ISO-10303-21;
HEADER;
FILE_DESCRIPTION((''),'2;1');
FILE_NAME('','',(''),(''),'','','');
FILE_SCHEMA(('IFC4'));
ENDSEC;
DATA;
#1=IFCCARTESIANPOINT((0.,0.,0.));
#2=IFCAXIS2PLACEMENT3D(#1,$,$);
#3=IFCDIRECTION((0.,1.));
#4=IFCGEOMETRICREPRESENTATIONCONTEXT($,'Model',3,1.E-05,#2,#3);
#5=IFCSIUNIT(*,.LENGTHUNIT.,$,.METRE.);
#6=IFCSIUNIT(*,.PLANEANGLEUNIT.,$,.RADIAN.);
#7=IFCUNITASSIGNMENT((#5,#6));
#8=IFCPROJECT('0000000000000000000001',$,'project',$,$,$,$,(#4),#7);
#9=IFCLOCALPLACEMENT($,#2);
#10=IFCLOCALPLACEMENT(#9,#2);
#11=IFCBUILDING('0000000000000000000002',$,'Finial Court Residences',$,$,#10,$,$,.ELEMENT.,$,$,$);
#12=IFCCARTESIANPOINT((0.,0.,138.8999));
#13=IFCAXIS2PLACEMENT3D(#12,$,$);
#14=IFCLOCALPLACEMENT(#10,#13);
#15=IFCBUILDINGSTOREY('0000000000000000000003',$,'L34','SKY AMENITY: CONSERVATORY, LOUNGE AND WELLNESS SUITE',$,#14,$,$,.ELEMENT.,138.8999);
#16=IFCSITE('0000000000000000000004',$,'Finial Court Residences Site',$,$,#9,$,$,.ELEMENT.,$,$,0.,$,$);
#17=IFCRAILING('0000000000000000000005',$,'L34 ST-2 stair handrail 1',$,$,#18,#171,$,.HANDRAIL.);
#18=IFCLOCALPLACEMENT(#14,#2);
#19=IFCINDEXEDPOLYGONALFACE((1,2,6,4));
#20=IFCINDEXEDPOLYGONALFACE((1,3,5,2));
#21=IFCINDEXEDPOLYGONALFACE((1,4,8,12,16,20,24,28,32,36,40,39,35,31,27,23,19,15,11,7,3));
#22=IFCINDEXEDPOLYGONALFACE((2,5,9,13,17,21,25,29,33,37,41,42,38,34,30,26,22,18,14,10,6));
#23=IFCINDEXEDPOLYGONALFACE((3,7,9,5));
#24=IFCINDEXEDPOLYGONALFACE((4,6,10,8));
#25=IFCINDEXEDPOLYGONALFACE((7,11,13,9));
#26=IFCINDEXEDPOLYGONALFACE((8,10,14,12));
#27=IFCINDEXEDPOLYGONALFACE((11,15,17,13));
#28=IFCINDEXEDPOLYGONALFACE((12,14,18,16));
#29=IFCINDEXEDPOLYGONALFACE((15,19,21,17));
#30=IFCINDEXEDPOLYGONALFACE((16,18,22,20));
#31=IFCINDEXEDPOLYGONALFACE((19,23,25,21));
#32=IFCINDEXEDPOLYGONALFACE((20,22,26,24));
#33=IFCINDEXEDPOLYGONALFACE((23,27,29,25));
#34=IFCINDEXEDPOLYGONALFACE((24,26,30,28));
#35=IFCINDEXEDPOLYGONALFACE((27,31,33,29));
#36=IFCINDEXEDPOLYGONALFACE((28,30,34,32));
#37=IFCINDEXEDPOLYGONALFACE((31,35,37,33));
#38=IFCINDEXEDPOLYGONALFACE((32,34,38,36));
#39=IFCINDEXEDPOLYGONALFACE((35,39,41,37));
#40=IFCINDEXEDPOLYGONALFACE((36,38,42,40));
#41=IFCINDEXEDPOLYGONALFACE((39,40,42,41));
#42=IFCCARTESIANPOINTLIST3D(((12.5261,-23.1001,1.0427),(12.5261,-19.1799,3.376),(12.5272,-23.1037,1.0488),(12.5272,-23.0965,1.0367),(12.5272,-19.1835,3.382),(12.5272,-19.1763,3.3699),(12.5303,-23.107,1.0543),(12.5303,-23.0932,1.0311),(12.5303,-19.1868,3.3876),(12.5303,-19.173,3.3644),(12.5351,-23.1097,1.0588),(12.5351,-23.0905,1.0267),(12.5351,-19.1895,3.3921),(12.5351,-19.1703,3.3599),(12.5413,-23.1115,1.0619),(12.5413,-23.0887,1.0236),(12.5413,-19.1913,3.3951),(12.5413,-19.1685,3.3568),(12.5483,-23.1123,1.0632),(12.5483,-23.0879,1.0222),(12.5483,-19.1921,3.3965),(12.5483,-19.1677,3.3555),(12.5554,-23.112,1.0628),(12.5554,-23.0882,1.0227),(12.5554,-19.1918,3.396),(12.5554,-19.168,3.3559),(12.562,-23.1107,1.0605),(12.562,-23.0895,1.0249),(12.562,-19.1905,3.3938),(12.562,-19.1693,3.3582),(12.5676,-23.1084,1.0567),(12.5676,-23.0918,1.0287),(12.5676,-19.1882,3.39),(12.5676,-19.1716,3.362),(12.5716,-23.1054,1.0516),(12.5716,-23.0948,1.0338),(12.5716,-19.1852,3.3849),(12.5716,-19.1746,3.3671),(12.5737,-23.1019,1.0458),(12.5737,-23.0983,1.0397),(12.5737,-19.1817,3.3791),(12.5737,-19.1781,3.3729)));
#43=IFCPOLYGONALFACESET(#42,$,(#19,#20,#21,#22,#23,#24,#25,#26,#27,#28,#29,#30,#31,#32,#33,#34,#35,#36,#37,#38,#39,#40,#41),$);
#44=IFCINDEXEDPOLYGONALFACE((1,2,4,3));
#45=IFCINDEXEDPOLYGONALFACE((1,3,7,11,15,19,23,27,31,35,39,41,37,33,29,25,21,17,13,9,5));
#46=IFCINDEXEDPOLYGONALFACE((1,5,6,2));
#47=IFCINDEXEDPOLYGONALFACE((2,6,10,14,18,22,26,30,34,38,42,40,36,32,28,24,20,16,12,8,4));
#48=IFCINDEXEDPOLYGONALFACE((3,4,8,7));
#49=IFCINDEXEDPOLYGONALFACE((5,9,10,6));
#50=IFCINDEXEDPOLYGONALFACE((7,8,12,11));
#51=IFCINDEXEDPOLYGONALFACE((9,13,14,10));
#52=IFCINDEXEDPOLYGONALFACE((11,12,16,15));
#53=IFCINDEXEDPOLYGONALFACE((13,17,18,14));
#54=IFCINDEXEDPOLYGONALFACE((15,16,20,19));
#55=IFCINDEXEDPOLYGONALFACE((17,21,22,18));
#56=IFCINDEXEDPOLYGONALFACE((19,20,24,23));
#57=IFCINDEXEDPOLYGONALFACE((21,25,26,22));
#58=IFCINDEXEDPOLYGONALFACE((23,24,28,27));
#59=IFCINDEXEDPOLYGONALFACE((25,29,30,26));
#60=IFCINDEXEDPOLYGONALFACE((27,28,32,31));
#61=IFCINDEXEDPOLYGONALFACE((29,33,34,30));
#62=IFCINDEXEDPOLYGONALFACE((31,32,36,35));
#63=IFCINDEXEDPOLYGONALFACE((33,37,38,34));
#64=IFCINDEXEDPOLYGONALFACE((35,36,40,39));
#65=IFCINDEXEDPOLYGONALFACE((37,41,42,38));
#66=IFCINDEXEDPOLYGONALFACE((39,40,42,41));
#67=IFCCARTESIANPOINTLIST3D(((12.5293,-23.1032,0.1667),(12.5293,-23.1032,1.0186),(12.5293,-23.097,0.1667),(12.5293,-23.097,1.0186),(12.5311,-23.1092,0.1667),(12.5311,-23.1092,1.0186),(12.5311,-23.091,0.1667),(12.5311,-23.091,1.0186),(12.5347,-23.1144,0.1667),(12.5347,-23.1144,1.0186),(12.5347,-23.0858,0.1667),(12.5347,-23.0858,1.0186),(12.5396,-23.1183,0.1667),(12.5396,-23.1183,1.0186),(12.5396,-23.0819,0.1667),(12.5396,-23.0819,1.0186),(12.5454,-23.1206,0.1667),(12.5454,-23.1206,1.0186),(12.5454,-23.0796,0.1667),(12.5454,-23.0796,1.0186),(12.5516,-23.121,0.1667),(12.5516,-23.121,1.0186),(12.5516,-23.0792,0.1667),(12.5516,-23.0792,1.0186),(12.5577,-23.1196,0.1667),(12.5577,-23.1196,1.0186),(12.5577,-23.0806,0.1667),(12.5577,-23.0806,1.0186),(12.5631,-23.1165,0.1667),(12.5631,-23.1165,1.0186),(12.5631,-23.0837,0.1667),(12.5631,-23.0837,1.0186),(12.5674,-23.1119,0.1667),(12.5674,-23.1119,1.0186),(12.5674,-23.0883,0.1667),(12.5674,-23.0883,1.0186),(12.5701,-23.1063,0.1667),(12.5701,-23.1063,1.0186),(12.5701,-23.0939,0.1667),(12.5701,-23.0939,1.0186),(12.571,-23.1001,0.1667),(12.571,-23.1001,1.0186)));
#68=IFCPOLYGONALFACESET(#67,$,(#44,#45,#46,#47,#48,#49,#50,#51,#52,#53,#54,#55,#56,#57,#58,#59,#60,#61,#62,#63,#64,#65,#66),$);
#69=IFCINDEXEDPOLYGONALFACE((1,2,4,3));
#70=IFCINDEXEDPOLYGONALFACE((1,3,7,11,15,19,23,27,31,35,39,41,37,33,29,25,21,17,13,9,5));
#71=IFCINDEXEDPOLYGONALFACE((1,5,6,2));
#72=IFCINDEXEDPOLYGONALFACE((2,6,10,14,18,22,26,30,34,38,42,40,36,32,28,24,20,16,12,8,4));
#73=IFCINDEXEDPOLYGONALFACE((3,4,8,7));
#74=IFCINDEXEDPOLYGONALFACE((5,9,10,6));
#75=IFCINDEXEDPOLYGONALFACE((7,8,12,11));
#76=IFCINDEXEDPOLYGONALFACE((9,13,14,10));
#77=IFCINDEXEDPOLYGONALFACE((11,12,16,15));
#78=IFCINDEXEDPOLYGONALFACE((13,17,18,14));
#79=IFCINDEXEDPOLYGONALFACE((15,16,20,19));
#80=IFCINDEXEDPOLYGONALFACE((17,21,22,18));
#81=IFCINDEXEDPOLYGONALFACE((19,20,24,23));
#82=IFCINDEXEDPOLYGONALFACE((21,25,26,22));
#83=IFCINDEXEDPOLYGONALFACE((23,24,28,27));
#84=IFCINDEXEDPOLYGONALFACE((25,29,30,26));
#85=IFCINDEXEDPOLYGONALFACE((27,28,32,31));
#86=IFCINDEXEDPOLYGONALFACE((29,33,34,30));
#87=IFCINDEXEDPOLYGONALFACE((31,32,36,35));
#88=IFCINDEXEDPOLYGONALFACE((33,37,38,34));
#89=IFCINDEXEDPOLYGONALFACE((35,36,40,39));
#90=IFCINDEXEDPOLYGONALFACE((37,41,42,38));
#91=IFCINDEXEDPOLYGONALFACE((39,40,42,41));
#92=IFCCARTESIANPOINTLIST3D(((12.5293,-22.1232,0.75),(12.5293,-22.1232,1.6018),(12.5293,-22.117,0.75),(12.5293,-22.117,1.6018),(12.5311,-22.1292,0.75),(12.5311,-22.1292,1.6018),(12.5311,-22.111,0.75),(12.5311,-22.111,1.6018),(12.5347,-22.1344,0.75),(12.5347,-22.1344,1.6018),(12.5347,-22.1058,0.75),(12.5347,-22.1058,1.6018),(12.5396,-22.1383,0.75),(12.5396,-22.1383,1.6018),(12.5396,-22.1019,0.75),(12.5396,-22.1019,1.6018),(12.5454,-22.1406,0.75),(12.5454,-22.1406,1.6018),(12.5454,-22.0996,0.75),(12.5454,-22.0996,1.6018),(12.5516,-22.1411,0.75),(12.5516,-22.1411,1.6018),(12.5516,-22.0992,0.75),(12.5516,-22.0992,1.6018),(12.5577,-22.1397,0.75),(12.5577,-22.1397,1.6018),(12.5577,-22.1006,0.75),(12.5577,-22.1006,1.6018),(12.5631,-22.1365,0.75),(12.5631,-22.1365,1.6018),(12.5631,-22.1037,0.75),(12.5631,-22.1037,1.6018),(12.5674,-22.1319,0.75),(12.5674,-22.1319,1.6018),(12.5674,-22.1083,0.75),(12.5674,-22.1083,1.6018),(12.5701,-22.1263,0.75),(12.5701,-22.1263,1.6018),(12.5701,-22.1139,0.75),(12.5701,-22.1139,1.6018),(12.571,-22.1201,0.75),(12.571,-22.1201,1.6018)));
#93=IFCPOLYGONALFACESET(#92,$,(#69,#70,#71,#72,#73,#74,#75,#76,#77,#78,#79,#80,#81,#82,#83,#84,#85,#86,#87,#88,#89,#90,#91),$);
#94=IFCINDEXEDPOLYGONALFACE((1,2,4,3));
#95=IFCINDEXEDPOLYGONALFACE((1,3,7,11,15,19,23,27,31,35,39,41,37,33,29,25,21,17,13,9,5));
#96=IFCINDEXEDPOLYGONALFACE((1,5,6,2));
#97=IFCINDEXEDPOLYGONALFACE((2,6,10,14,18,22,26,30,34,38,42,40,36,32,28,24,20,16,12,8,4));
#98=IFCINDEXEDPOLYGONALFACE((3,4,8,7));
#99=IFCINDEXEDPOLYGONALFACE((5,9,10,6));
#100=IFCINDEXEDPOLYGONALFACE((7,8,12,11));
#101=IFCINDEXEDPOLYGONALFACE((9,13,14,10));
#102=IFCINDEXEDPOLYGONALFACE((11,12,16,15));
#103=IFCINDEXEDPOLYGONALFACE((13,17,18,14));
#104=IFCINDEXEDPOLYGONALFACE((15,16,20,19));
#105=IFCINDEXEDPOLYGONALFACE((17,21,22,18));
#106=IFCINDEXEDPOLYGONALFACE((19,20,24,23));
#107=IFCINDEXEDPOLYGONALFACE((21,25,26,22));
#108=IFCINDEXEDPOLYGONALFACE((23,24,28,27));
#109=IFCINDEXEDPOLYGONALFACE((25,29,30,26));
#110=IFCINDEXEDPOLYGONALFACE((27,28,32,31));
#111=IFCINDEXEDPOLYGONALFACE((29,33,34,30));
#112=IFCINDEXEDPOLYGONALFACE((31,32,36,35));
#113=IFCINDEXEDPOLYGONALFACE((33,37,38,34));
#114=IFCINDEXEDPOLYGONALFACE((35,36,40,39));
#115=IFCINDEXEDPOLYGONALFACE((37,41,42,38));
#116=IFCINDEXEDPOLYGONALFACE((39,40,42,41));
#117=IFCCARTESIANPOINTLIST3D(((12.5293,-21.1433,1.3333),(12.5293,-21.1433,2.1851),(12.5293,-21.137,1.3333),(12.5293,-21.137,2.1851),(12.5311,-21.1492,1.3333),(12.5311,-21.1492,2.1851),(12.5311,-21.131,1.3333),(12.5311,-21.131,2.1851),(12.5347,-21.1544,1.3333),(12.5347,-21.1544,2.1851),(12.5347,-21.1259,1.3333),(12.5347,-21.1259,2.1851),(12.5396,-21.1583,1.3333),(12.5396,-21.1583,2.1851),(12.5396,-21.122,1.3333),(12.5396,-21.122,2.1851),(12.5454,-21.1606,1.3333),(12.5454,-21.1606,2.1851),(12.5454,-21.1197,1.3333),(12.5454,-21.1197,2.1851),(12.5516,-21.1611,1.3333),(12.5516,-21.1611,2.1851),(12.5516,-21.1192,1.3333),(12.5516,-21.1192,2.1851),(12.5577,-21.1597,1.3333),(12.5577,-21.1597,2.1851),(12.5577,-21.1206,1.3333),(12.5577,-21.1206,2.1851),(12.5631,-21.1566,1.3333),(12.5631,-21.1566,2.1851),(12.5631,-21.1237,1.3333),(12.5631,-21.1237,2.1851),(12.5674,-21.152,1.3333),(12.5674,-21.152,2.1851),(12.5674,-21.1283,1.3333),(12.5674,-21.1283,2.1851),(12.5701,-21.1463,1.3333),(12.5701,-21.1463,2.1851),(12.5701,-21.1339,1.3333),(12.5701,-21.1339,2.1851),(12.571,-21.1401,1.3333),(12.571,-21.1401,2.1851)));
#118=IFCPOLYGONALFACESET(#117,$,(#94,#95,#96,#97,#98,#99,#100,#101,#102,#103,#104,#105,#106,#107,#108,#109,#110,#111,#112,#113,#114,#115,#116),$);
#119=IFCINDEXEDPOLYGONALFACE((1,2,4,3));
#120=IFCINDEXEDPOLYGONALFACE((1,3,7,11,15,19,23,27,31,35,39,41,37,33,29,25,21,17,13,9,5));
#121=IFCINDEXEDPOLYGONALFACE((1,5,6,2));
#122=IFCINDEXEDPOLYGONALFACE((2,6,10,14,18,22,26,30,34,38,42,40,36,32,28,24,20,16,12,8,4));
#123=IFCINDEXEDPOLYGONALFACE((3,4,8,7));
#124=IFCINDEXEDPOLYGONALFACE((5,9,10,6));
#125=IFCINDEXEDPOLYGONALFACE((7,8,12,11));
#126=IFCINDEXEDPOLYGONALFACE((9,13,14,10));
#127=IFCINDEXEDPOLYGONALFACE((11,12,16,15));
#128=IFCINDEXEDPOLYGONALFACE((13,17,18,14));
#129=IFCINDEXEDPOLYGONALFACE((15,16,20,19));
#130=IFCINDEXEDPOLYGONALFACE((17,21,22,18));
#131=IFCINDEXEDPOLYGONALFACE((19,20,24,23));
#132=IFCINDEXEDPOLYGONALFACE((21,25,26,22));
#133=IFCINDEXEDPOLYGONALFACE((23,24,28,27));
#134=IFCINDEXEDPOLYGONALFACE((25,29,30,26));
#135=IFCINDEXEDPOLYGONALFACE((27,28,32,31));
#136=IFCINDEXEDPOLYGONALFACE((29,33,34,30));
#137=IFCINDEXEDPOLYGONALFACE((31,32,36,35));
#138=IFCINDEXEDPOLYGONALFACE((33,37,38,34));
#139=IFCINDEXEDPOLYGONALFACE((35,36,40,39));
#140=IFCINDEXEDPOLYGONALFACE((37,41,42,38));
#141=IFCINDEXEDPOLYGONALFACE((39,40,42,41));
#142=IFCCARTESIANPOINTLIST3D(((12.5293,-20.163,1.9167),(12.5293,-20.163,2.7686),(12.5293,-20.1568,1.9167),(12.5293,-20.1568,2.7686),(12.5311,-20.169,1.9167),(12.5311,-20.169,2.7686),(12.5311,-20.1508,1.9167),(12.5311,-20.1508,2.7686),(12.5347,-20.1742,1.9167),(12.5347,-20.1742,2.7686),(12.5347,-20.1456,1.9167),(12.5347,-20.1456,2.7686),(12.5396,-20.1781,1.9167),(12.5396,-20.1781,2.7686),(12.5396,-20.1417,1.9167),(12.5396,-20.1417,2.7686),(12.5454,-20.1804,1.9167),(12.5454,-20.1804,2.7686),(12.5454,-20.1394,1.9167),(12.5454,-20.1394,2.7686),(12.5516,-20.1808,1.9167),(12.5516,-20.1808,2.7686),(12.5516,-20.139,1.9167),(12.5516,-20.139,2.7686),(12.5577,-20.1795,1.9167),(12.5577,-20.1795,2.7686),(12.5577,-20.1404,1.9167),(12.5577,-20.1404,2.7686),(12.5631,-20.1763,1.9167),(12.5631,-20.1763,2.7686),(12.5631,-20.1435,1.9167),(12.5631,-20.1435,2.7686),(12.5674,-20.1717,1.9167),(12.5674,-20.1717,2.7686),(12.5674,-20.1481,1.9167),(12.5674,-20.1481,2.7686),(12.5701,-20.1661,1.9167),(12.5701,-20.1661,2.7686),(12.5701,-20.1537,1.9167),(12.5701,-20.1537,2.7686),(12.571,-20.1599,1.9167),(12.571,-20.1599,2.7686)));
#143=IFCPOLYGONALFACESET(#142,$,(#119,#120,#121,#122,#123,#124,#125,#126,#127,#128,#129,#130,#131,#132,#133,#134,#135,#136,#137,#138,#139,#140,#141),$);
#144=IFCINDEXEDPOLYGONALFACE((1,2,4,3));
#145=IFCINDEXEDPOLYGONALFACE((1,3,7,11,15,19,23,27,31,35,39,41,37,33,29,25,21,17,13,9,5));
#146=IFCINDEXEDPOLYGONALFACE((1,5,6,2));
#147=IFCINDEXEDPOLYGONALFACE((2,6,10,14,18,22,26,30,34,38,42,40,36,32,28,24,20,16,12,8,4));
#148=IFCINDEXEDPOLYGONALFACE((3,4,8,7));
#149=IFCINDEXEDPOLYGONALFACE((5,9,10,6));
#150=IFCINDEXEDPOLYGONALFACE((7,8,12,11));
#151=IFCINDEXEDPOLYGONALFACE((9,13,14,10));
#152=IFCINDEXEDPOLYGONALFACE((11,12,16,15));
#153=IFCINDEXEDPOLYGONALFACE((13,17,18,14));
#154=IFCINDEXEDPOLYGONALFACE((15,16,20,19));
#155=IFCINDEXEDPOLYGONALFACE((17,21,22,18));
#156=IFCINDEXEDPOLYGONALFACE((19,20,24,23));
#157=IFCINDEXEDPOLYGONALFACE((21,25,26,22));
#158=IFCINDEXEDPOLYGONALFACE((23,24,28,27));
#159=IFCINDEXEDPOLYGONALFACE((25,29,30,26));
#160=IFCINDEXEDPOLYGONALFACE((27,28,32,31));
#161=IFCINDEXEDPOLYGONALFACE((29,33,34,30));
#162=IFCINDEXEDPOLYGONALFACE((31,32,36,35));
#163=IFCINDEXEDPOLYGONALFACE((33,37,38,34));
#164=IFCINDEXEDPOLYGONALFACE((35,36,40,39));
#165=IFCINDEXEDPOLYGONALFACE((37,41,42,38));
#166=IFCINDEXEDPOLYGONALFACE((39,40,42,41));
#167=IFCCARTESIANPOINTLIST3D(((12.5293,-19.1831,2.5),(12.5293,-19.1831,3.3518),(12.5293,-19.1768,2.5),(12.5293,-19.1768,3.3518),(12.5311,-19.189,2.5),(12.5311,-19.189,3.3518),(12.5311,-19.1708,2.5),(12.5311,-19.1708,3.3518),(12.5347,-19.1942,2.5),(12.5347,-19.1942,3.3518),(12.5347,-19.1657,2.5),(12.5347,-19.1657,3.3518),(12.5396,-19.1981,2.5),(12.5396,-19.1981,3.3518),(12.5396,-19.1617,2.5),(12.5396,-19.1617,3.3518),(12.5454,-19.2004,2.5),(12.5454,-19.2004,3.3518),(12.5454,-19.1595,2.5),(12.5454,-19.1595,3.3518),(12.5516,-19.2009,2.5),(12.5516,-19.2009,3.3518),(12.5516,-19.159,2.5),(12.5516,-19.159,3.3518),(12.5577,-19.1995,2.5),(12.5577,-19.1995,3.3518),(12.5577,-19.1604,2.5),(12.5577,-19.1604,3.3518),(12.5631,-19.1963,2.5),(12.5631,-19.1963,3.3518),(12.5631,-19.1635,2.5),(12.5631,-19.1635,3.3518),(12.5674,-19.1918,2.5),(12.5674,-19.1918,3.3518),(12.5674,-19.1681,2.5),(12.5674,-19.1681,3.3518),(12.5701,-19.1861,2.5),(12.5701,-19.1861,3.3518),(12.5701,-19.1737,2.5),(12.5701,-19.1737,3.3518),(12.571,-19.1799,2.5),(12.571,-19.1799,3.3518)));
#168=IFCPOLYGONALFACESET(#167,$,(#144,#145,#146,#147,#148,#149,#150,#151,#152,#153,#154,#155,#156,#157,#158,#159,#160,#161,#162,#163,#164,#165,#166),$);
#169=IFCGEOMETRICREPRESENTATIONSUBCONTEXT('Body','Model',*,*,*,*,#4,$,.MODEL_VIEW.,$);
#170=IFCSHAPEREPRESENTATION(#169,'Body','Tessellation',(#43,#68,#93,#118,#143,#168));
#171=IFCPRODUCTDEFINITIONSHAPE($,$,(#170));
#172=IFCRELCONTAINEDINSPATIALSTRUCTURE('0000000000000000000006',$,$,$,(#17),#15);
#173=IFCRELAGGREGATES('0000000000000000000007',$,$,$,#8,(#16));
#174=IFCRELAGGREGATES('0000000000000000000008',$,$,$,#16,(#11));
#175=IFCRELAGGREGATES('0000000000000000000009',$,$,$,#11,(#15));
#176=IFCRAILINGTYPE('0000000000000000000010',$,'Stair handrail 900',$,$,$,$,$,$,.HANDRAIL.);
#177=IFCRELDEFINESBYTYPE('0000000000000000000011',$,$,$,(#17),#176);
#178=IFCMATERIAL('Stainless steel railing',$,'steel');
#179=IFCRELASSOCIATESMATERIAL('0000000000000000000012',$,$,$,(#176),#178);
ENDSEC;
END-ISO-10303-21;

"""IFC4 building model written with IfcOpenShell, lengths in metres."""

from ifc_helpers import new_model, si_unit, direction, frame, origin, origin_2d, place, context, subcontext, project, spatial, circle, extrude, material, type_object, element, save


model = new_model("IFC4")

# Units and contexts
model_context = context("Model", 3, precision=1e-05, world=origin(), true_north=direction((0.0, 1.0)))
body_context = subcontext(model_context, "Body", "Model", "MODEL_VIEW")
ifc_project = project(units=[si_unit("LENGTHUNIT", "METRE"), si_unit("PLANEANGLEUNIT", "RADIAN")], contexts=[model_context])

# Site, building, storey
site_placement = place(None, origin())
site = spatial("IfcSite", under=ifc_project, at=site_placement, Name="Finial Court Residences Site", CompositionType="ELEMENT", RefElevation=0.0)
building_placement = place(site_placement, origin())
building = spatial("IfcBuilding", under=site, at=building_placement, Name="Finial Court Residences", CompositionType="ELEMENT")
storey_placement = place(building_placement, frame((0.0, 0.0, 138.8999)))
storey = spatial("IfcBuildingStorey", under=building, at=storey_placement, Name="L34", Description="SKY AMENITY: CONSERVATORY, LOUNGE AND WELLNESS SUITE", CompositionType="ELEMENT", Elevation=138.8999)

# Railing
ifc_material_1 = material(Name="Stainless steel railing", Category="steel")
railing_type_1 = type_object("IfcRailingType", Name="Stair handrail 900", PredefinedType="HANDRAIL", material=ifc_material_1)
railing_1_placement = place(storey_placement, frame((12.55, -23.1001, 0.1667)))
element("IfcRailing", 1, at=railing_1_placement, inside=storey, type_object=railing_type_1, Name="L34 ST-2 stair handrail 1", PredefinedType="HANDRAIL", context=body_context, shape_type="SweptSolid", body=[
    extrude(circle(Radius=0.0239, at=origin_2d()), frame((0.0, 0.0, 0.876), z_axis=(0.0, 0.85931, 0.511455), x_axis=(-1.0, 0.0, 0.0)), (0.0, 0.0, 1.0), 4.562),
    extrude(circle(Radius=0.021, at=origin_2d()), origin(), (0.0, 0.0, 1.0), 0.8518),
    extrude(circle(Radius=0.021, at=origin_2d()), frame((0.0, 0.98, 0.5833)), (0.0, 0.0, 1.0), 0.8518),
    extrude(circle(Radius=0.021, at=origin_2d()), frame((0.0, 1.96, 1.1665)), (0.0, 0.0, 1.0), 0.8518),
    extrude(circle(Radius=0.021, at=origin_2d()), frame((0.0, 2.9402, 1.75)), (0.0, 0.0, 1.0), 0.8518),
    extrude(circle(Radius=0.021, at=origin_2d()), frame((0.0, 3.9202, 2.3333)), (0.0, 0.0, 1.0), 0.8518),
])

save(model, "model.ifc")
